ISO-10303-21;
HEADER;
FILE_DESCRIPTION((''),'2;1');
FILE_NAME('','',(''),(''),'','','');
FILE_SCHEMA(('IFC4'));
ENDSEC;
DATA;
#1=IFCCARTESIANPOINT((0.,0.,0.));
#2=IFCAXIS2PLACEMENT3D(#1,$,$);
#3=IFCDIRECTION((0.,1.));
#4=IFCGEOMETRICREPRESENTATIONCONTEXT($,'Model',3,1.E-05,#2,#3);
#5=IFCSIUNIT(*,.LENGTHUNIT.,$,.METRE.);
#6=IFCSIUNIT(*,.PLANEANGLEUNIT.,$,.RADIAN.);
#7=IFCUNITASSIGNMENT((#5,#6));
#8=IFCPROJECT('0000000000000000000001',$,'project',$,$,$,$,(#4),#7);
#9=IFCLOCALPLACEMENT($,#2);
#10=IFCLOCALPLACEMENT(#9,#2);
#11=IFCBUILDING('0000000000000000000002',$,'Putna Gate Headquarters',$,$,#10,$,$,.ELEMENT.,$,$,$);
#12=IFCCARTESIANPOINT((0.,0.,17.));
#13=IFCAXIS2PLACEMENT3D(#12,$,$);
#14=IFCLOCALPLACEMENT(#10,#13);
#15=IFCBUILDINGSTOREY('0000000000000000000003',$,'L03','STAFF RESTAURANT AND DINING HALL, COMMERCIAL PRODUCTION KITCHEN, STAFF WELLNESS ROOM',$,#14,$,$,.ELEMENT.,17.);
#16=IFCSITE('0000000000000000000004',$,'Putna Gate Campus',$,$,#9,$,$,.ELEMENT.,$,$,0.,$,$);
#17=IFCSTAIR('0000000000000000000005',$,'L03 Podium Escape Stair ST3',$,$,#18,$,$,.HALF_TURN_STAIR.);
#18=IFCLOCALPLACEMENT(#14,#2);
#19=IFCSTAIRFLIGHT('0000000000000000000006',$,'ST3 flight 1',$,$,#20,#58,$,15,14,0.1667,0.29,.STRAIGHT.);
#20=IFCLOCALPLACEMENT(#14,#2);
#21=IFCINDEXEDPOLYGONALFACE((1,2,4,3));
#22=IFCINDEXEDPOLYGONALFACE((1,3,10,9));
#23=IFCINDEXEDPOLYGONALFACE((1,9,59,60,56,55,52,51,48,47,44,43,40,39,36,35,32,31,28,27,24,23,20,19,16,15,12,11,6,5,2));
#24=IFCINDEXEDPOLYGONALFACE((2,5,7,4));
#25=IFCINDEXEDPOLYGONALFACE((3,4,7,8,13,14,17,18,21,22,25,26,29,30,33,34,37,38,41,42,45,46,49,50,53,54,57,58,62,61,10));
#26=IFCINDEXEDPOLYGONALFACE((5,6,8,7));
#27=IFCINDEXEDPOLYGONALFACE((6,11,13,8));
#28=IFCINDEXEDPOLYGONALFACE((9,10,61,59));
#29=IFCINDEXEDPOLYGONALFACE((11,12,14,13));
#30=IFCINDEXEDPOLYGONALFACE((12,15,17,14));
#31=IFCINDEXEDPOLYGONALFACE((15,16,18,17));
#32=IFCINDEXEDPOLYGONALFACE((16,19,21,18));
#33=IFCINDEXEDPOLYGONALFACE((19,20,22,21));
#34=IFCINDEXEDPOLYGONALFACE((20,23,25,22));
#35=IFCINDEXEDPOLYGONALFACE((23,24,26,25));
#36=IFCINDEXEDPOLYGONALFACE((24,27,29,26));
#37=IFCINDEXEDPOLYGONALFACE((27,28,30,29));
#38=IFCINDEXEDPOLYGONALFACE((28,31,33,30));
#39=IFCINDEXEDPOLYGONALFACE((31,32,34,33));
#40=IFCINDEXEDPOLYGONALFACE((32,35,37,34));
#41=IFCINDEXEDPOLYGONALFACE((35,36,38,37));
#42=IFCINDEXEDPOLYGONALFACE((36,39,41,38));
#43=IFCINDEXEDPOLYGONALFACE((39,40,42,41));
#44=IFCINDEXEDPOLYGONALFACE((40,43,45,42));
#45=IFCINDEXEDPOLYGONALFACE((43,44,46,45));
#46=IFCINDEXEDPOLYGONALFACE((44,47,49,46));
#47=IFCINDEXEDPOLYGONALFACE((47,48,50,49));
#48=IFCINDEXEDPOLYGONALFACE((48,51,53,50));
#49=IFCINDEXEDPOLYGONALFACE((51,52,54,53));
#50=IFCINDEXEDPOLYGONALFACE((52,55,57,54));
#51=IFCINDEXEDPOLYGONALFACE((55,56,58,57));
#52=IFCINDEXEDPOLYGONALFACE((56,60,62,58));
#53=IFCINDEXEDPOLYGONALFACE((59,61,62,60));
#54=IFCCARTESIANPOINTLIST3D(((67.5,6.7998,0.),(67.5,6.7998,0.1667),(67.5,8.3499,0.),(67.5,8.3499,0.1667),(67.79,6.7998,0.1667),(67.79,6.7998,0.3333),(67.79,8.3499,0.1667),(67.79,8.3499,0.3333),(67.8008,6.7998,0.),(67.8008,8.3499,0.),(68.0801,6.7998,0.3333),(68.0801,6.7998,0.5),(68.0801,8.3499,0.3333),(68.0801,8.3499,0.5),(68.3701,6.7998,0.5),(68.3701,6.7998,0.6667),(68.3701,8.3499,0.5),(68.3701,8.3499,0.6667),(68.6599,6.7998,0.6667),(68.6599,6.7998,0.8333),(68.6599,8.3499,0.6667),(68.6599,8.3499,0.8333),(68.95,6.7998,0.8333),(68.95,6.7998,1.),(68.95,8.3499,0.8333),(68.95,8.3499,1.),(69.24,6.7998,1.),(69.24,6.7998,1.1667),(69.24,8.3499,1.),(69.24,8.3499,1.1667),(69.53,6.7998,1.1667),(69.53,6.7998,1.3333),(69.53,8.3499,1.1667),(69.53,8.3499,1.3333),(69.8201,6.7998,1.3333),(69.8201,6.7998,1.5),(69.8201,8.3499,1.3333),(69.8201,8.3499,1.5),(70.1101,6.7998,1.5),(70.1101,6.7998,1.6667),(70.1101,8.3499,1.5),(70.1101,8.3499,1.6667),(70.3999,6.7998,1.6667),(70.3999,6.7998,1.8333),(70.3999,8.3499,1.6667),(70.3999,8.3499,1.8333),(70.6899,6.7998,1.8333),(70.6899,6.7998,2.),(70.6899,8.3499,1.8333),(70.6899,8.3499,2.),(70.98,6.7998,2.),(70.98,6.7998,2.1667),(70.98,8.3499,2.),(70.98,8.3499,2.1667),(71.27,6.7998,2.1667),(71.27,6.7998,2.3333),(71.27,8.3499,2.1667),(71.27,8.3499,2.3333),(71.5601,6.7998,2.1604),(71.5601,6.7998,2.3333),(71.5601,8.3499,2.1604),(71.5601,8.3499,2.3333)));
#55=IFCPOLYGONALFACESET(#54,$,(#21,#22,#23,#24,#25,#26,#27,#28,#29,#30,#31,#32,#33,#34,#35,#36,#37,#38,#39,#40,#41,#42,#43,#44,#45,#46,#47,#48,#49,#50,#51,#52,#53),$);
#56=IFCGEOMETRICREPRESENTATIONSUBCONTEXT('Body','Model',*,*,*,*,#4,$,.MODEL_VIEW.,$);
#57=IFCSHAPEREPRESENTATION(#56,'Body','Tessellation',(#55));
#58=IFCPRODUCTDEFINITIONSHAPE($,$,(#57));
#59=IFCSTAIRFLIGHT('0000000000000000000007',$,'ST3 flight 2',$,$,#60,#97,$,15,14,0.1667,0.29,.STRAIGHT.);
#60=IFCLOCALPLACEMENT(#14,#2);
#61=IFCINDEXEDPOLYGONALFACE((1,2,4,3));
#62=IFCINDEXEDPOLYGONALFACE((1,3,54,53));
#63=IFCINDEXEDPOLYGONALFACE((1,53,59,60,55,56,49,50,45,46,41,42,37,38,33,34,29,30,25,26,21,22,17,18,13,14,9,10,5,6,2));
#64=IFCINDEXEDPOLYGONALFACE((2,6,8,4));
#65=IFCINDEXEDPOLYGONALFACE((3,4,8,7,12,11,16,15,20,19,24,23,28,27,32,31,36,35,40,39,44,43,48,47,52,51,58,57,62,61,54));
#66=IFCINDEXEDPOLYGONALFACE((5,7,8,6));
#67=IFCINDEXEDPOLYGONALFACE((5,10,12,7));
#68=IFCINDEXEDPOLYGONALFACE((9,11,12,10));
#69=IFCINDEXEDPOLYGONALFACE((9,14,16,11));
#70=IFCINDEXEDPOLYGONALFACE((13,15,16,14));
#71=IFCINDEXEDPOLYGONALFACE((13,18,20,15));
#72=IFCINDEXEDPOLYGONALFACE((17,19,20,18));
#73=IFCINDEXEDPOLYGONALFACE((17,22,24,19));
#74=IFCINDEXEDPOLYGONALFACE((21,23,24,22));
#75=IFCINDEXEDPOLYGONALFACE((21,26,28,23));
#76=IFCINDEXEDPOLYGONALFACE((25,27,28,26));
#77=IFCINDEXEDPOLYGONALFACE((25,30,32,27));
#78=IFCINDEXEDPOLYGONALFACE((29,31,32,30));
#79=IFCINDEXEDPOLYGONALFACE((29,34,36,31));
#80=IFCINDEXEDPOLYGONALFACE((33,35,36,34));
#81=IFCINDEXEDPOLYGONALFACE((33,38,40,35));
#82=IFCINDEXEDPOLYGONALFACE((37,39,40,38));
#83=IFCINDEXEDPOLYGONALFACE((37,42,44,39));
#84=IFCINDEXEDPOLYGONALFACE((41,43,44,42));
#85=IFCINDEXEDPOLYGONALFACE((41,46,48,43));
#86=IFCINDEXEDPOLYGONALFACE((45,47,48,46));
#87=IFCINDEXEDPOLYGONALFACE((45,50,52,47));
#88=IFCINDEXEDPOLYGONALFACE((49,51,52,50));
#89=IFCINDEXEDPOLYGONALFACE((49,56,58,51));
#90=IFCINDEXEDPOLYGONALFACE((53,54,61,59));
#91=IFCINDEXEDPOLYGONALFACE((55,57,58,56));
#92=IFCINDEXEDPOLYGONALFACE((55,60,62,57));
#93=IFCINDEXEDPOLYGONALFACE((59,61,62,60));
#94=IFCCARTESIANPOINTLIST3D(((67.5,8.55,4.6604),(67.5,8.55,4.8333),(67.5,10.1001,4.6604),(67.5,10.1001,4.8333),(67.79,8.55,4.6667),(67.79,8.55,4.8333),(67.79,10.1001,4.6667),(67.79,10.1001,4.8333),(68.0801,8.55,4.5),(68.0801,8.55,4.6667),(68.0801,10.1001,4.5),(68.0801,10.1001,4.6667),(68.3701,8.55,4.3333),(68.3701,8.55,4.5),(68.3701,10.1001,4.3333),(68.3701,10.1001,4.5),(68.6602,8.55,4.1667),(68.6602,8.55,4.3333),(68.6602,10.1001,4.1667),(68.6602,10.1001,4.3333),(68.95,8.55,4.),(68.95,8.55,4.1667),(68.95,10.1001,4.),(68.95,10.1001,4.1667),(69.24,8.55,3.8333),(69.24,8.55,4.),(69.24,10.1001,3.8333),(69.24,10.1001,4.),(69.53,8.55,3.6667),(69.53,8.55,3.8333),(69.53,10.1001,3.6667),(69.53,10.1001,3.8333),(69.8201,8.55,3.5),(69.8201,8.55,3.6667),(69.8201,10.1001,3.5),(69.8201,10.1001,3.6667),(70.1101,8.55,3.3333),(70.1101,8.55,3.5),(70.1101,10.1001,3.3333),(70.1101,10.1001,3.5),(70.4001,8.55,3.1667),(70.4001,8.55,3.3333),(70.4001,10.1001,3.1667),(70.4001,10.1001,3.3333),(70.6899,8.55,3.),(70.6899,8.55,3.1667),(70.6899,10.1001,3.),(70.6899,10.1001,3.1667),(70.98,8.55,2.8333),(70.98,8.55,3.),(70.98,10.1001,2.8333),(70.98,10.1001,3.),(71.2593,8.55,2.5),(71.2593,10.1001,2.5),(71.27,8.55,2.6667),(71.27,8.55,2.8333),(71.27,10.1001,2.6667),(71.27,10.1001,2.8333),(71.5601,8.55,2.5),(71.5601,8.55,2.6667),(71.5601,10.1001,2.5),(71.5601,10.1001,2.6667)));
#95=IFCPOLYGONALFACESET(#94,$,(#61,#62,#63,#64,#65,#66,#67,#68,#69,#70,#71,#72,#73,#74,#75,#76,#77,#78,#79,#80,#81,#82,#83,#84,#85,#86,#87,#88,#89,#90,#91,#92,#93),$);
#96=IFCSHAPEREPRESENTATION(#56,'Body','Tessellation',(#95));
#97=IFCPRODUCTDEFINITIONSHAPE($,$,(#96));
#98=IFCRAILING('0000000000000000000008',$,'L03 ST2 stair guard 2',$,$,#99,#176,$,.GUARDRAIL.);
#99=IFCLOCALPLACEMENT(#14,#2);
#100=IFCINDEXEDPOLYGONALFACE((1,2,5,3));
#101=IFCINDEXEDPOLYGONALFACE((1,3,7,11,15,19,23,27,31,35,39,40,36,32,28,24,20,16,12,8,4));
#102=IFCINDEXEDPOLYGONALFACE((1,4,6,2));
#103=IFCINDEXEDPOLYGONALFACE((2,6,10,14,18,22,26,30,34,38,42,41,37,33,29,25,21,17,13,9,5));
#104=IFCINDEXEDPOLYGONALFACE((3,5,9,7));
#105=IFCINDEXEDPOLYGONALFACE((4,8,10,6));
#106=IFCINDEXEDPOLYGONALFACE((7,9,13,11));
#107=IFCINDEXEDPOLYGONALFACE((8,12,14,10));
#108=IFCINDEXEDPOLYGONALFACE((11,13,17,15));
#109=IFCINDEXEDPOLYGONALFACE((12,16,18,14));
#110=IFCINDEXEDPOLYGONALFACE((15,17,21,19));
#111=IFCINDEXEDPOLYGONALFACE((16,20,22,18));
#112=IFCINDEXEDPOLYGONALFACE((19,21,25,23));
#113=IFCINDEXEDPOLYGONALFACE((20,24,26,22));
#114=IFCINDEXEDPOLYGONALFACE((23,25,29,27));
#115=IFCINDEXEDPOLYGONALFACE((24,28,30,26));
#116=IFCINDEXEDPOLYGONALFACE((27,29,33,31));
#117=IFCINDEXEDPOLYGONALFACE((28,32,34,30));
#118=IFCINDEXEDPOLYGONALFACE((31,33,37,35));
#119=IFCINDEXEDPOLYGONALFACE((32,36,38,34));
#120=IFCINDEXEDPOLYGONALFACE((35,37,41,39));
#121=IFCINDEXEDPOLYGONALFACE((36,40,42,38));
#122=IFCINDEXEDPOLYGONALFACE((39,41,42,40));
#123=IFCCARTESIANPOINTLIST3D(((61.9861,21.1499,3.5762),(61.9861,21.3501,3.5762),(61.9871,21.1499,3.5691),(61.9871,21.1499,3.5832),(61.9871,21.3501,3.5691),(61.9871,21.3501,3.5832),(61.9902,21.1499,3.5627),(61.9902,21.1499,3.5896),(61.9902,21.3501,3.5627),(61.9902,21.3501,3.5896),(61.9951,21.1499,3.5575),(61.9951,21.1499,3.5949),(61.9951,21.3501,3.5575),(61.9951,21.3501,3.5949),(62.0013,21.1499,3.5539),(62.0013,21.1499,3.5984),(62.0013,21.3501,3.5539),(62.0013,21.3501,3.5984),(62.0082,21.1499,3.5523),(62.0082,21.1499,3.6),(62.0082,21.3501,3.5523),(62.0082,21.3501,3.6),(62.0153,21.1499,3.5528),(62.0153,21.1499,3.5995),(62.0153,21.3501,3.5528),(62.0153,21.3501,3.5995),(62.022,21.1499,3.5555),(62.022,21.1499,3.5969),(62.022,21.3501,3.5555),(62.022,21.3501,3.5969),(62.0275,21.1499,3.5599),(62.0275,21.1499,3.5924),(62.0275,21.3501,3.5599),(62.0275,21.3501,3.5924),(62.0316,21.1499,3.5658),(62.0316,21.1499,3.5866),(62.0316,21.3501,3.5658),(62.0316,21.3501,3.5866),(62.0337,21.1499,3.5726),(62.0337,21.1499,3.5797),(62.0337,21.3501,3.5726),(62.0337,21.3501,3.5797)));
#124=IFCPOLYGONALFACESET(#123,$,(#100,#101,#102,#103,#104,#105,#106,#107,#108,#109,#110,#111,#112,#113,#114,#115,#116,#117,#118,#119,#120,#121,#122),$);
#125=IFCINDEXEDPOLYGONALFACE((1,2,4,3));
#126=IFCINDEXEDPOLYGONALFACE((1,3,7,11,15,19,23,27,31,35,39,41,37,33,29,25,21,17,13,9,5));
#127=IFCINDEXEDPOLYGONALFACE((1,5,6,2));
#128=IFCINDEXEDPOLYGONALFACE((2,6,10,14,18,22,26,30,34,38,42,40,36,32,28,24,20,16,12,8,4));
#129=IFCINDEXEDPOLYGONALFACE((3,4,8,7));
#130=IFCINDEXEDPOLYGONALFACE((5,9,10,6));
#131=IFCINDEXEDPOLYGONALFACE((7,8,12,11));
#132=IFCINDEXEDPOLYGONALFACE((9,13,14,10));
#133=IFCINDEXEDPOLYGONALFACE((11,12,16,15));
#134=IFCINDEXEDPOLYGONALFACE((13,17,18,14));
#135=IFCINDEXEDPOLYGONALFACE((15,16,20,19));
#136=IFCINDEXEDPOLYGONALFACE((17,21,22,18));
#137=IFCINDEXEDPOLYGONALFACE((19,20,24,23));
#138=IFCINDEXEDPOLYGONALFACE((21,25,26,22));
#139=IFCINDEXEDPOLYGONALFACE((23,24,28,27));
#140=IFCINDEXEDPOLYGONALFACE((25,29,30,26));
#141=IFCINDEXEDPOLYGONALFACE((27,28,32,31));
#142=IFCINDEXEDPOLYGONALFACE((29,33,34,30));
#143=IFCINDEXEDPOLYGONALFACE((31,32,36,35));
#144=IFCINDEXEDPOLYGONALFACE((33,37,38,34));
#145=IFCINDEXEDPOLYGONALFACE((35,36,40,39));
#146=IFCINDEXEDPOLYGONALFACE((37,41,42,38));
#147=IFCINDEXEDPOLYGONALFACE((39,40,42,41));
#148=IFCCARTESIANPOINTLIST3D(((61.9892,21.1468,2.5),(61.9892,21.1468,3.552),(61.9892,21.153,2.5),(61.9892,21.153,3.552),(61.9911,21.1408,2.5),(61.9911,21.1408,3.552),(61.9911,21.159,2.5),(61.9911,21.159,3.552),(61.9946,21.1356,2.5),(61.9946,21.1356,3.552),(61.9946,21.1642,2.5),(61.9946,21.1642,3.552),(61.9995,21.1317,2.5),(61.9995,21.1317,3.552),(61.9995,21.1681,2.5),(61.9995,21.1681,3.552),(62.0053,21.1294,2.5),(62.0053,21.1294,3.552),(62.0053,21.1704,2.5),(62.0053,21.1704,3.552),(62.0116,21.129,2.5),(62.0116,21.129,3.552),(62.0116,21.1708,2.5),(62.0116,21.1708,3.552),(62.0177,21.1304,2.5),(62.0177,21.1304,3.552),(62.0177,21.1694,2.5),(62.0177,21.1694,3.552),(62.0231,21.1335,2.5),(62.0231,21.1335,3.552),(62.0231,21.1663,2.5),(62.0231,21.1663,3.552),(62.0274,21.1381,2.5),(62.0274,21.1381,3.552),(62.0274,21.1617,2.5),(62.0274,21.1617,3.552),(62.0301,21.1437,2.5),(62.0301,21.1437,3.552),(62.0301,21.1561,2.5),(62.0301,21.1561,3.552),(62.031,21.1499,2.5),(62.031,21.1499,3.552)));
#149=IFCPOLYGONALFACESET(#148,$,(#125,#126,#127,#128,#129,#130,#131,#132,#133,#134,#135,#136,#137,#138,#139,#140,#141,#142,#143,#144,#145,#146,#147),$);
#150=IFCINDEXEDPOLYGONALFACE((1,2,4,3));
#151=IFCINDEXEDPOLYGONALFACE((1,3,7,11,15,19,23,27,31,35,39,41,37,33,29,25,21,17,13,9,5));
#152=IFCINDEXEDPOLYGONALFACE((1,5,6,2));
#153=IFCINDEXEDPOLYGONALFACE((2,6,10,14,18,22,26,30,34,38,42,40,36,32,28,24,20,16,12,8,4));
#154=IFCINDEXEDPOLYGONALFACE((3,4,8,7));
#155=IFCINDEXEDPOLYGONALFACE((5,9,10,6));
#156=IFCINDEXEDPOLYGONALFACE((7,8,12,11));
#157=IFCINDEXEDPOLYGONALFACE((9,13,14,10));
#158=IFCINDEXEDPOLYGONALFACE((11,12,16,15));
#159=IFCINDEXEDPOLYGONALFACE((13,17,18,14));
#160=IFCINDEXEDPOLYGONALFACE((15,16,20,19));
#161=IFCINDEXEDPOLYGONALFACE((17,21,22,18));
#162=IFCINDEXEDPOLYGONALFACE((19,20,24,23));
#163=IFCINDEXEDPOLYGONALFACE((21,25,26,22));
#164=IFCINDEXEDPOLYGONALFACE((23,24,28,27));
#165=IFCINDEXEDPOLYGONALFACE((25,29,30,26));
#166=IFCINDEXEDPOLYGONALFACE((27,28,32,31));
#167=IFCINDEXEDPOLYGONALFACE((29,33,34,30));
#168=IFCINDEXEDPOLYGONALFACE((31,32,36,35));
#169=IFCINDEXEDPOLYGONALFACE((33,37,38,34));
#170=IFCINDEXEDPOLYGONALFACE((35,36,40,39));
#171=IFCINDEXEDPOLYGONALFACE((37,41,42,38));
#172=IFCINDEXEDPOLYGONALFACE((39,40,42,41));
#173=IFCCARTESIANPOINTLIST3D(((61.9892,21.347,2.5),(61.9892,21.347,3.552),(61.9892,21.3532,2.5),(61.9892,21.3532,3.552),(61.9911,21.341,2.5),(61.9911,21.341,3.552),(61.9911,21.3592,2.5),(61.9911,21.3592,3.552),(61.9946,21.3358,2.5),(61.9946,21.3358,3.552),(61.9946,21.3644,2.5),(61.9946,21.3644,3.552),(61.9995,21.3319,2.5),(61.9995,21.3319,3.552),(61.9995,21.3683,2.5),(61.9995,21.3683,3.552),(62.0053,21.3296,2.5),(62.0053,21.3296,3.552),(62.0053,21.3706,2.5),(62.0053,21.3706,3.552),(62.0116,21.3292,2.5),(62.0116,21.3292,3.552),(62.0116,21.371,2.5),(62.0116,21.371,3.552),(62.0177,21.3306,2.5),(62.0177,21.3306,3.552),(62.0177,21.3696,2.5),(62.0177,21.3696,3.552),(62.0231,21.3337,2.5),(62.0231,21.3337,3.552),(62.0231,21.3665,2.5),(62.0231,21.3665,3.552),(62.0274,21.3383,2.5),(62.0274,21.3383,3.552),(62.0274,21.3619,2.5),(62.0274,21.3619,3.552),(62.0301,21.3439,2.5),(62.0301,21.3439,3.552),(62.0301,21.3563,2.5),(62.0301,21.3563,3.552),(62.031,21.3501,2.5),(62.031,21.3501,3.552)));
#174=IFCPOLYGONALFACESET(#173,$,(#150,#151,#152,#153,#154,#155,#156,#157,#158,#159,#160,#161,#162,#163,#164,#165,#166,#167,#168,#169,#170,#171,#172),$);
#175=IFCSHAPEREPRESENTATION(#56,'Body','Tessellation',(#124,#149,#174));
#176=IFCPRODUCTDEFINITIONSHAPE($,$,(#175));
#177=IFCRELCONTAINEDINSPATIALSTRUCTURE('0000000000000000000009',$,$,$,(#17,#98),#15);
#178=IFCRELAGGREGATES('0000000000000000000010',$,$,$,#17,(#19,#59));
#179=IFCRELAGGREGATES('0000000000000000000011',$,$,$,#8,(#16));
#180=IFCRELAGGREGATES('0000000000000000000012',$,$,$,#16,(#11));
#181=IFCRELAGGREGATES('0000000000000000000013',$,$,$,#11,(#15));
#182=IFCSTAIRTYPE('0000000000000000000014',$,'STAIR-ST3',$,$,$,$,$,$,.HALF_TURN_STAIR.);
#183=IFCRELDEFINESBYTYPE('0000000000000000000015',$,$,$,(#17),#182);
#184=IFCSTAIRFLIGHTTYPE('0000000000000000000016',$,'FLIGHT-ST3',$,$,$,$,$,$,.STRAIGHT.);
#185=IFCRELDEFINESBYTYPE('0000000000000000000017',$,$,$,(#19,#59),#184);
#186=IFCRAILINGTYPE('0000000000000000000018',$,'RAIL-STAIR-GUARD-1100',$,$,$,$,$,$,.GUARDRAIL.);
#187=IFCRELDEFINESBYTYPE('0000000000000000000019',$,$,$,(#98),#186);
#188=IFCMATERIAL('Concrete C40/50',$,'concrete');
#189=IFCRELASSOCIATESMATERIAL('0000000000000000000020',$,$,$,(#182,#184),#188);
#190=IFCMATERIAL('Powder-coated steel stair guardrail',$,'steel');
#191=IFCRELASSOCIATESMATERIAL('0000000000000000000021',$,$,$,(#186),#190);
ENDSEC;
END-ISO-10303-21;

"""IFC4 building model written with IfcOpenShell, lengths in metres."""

from ifc_helpers import new_model, si_unit, direction, frame, origin, origin_2d, place, context, subcontext, project, spatial, polyline, circle, outline, extrude, material, type_object, element, aggregate, save


model = new_model("IFC4")

# Units and contexts
model_context = context("Model", 3, precision=1e-05, world=origin(), true_north=direction((0.0, 1.0)))
body_context = subcontext(model_context, "Body", "Model", "MODEL_VIEW")
ifc_project = project(units=[si_unit("LENGTHUNIT", "METRE"), si_unit("PLANEANGLEUNIT", "RADIAN")], contexts=[model_context])

# Site, building, storey
site_placement = place(None, origin())
site = spatial("IfcSite", under=ifc_project, at=site_placement, Name="Putna Gate Campus", CompositionType="ELEMENT", RefElevation=0.0)
building_placement = place(site_placement, origin())
building = spatial("IfcBuilding", under=site, at=building_placement, Name="Putna Gate Headquarters", CompositionType="ELEMENT")
storey_placement = place(building_placement, frame((0.0, 0.0, 17.0)))
storey = spatial("IfcBuildingStorey", under=building, at=storey_placement, Name="L03", Description="STAFF RESTAURANT AND DINING HALL, COMMERCIAL PRODUCTION KITCHEN, STAFF WELLNESS ROOM", CompositionType="ELEMENT", Elevation=17.0)

# Shared definitions
ifc_material_1 = material(Name="Concrete C40/50", Category="concrete")

# Stair, stair flights
stair_type = type_object("IfcStairType", Name="STAIR-ST3", PredefinedType="HALF_TURN_STAIR", material=ifc_material_1)
stair_placement = place(storey_placement, origin())
stair = element("IfcStair", 1, at=stair_placement, inside=storey, type_object=stair_type, Name="L03 Podium Escape Stair ST3", PredefinedType="HALF_TURN_STAIR")
stair_flight_type = type_object("IfcStairFlightType", Name="FLIGHT-ST3", PredefinedType="STRAIGHT", material=ifc_material_1)
stair_flight_1_placement = place(storey_placement, frame((67.5, 7.575, 0.0), z_axis=(0.0, 0.0, 1.0), x_axis=(1.0, 0.0, 0.0)))
stair_flight_1 = element("IfcStairFlight", 2, at=stair_flight_1_placement, type_object=stair_flight_type, Name="ST3 flight 1", NumberOfRisers=15, NumberOfTreads=14, PredefinedType="STRAIGHT", RiserHeight=0.1667, TreadLength=0.29, context=body_context, shape_type="SweptSolid", body=[
    extrude(outline(polyline([(0.0, 0.0), (0.0, 0.1667), (0.29, 0.1667), (0.29, 0.3333), (0.5801, 0.3333), (0.5801, 0.5), (0.8701, 0.5), (0.8701, 0.6667), (1.1599, 0.6667), (1.1599, 0.8333), (1.45, 0.8333), (1.45, 1.0), (1.74, 1.0), (1.74, 1.1667), (2.03, 1.1667), (2.03, 1.3333), (2.3201, 1.3333), (2.3201, 1.5), (2.6101, 1.5), (2.6101, 1.6667), (2.8999, 1.6667), (2.8999, 1.8333), (3.1899, 1.8333), (3.1899, 2.0), (3.48, 2.0), (3.48, 2.1667), (3.77, 2.1667), (3.77, 2.3333), (4.0601, 2.3333), (4.0601, 2.5), (4.0601, 2.1604), (0.3008, 0.0), (0.0, 0.0)])), frame((0.0, 0.7749, 0.0), z_axis=(0.0, -1.0, 0.0), x_axis=(1.0, 0.0, 0.0)), (0.0, 0.0, 1.0), 1.55),
])
stair_flight_2_placement = place(storey_placement, frame((71.5601, 9.325, 2.5), z_axis=(0.0, 0.0, 1.0), x_axis=(-1.0, 0.0, 0.0)))
stair_flight_2 = element("IfcStairFlight", 3, at=stair_flight_2_placement, type_object=stair_flight_type, Name="ST3 flight 2", NumberOfRisers=15, NumberOfTreads=14, PredefinedType="STRAIGHT", RiserHeight=0.1667, TreadLength=0.29, context=body_context, shape_type="SweptSolid", body=[
    extrude(outline(polyline([(0.0, 0.0), (0.0, 0.1667), (0.29, 0.1667), (0.29, 0.3333), (0.5801, 0.3333), (0.5801, 0.5), (0.8701, 0.5), (0.8701, 0.6667), (1.1599, 0.6667), (1.1599, 0.8333), (1.45, 0.8333), (1.45, 1.0), (1.74, 1.0), (1.74, 1.1667), (2.03, 1.1667), (2.03, 1.3333), (2.3201, 1.3333), (2.3201, 1.5), (2.6101, 1.5), (2.6101, 1.6667), (2.8999, 1.6667), (2.8999, 1.8333), (3.1899, 1.8333), (3.1899, 2.0), (3.48, 2.0), (3.48, 2.1667), (3.77, 2.1667), (3.77, 2.3333), (4.0601, 2.3333), (4.0601, 2.5), (4.0601, 2.1604), (0.3008, 0.0), (0.0, 0.0)])), frame((0.0, 0.7749, 0.0), z_axis=(0.0, -1.0, 0.0), x_axis=(1.0, 0.0, 0.0)), (0.0, 0.0, 1.0), 1.55),
])
aggregate(stair, [stair_flight_1, stair_flight_2])

# Railing
ifc_material_2 = material(Name="Powder-coated steel stair guardrail", Category="steel")
railing_type_1 = type_object("IfcRailingType", Name="RAIL-STAIR-GUARD-1100", PredefinedType="GUARDRAIL", material=ifc_material_2)
railing_1_placement = place(storey_placement, frame((62.01, 21.1499, 2.5)))
element("IfcRailing", 4, at=railing_1_placement, inside=storey, type_object=railing_type_1, Name="L03 ST2 stair guard 2", PredefinedType="GUARDRAIL", context=body_context, shape_type="SweptSolid", body=[
    extrude(circle(Radius=0.0239, at=origin_2d()), frame((0.0, 0.0, 1.0762), z_axis=(0.0, 1.0, 0.0), x_axis=(-1.0, 0.0, 0.0)), (0.0, 0.0, 1.0), 0.2002),
    extrude(circle(Radius=0.021, at=origin_2d()), origin(), (0.0, 0.0, 1.0), 1.052),
    extrude(circle(Radius=0.021, at=origin_2d()), frame((0.0, 0.2002, 0.0)), (0.0, 0.0, 1.0), 1.052),
])

save(model, "model.ifc")
